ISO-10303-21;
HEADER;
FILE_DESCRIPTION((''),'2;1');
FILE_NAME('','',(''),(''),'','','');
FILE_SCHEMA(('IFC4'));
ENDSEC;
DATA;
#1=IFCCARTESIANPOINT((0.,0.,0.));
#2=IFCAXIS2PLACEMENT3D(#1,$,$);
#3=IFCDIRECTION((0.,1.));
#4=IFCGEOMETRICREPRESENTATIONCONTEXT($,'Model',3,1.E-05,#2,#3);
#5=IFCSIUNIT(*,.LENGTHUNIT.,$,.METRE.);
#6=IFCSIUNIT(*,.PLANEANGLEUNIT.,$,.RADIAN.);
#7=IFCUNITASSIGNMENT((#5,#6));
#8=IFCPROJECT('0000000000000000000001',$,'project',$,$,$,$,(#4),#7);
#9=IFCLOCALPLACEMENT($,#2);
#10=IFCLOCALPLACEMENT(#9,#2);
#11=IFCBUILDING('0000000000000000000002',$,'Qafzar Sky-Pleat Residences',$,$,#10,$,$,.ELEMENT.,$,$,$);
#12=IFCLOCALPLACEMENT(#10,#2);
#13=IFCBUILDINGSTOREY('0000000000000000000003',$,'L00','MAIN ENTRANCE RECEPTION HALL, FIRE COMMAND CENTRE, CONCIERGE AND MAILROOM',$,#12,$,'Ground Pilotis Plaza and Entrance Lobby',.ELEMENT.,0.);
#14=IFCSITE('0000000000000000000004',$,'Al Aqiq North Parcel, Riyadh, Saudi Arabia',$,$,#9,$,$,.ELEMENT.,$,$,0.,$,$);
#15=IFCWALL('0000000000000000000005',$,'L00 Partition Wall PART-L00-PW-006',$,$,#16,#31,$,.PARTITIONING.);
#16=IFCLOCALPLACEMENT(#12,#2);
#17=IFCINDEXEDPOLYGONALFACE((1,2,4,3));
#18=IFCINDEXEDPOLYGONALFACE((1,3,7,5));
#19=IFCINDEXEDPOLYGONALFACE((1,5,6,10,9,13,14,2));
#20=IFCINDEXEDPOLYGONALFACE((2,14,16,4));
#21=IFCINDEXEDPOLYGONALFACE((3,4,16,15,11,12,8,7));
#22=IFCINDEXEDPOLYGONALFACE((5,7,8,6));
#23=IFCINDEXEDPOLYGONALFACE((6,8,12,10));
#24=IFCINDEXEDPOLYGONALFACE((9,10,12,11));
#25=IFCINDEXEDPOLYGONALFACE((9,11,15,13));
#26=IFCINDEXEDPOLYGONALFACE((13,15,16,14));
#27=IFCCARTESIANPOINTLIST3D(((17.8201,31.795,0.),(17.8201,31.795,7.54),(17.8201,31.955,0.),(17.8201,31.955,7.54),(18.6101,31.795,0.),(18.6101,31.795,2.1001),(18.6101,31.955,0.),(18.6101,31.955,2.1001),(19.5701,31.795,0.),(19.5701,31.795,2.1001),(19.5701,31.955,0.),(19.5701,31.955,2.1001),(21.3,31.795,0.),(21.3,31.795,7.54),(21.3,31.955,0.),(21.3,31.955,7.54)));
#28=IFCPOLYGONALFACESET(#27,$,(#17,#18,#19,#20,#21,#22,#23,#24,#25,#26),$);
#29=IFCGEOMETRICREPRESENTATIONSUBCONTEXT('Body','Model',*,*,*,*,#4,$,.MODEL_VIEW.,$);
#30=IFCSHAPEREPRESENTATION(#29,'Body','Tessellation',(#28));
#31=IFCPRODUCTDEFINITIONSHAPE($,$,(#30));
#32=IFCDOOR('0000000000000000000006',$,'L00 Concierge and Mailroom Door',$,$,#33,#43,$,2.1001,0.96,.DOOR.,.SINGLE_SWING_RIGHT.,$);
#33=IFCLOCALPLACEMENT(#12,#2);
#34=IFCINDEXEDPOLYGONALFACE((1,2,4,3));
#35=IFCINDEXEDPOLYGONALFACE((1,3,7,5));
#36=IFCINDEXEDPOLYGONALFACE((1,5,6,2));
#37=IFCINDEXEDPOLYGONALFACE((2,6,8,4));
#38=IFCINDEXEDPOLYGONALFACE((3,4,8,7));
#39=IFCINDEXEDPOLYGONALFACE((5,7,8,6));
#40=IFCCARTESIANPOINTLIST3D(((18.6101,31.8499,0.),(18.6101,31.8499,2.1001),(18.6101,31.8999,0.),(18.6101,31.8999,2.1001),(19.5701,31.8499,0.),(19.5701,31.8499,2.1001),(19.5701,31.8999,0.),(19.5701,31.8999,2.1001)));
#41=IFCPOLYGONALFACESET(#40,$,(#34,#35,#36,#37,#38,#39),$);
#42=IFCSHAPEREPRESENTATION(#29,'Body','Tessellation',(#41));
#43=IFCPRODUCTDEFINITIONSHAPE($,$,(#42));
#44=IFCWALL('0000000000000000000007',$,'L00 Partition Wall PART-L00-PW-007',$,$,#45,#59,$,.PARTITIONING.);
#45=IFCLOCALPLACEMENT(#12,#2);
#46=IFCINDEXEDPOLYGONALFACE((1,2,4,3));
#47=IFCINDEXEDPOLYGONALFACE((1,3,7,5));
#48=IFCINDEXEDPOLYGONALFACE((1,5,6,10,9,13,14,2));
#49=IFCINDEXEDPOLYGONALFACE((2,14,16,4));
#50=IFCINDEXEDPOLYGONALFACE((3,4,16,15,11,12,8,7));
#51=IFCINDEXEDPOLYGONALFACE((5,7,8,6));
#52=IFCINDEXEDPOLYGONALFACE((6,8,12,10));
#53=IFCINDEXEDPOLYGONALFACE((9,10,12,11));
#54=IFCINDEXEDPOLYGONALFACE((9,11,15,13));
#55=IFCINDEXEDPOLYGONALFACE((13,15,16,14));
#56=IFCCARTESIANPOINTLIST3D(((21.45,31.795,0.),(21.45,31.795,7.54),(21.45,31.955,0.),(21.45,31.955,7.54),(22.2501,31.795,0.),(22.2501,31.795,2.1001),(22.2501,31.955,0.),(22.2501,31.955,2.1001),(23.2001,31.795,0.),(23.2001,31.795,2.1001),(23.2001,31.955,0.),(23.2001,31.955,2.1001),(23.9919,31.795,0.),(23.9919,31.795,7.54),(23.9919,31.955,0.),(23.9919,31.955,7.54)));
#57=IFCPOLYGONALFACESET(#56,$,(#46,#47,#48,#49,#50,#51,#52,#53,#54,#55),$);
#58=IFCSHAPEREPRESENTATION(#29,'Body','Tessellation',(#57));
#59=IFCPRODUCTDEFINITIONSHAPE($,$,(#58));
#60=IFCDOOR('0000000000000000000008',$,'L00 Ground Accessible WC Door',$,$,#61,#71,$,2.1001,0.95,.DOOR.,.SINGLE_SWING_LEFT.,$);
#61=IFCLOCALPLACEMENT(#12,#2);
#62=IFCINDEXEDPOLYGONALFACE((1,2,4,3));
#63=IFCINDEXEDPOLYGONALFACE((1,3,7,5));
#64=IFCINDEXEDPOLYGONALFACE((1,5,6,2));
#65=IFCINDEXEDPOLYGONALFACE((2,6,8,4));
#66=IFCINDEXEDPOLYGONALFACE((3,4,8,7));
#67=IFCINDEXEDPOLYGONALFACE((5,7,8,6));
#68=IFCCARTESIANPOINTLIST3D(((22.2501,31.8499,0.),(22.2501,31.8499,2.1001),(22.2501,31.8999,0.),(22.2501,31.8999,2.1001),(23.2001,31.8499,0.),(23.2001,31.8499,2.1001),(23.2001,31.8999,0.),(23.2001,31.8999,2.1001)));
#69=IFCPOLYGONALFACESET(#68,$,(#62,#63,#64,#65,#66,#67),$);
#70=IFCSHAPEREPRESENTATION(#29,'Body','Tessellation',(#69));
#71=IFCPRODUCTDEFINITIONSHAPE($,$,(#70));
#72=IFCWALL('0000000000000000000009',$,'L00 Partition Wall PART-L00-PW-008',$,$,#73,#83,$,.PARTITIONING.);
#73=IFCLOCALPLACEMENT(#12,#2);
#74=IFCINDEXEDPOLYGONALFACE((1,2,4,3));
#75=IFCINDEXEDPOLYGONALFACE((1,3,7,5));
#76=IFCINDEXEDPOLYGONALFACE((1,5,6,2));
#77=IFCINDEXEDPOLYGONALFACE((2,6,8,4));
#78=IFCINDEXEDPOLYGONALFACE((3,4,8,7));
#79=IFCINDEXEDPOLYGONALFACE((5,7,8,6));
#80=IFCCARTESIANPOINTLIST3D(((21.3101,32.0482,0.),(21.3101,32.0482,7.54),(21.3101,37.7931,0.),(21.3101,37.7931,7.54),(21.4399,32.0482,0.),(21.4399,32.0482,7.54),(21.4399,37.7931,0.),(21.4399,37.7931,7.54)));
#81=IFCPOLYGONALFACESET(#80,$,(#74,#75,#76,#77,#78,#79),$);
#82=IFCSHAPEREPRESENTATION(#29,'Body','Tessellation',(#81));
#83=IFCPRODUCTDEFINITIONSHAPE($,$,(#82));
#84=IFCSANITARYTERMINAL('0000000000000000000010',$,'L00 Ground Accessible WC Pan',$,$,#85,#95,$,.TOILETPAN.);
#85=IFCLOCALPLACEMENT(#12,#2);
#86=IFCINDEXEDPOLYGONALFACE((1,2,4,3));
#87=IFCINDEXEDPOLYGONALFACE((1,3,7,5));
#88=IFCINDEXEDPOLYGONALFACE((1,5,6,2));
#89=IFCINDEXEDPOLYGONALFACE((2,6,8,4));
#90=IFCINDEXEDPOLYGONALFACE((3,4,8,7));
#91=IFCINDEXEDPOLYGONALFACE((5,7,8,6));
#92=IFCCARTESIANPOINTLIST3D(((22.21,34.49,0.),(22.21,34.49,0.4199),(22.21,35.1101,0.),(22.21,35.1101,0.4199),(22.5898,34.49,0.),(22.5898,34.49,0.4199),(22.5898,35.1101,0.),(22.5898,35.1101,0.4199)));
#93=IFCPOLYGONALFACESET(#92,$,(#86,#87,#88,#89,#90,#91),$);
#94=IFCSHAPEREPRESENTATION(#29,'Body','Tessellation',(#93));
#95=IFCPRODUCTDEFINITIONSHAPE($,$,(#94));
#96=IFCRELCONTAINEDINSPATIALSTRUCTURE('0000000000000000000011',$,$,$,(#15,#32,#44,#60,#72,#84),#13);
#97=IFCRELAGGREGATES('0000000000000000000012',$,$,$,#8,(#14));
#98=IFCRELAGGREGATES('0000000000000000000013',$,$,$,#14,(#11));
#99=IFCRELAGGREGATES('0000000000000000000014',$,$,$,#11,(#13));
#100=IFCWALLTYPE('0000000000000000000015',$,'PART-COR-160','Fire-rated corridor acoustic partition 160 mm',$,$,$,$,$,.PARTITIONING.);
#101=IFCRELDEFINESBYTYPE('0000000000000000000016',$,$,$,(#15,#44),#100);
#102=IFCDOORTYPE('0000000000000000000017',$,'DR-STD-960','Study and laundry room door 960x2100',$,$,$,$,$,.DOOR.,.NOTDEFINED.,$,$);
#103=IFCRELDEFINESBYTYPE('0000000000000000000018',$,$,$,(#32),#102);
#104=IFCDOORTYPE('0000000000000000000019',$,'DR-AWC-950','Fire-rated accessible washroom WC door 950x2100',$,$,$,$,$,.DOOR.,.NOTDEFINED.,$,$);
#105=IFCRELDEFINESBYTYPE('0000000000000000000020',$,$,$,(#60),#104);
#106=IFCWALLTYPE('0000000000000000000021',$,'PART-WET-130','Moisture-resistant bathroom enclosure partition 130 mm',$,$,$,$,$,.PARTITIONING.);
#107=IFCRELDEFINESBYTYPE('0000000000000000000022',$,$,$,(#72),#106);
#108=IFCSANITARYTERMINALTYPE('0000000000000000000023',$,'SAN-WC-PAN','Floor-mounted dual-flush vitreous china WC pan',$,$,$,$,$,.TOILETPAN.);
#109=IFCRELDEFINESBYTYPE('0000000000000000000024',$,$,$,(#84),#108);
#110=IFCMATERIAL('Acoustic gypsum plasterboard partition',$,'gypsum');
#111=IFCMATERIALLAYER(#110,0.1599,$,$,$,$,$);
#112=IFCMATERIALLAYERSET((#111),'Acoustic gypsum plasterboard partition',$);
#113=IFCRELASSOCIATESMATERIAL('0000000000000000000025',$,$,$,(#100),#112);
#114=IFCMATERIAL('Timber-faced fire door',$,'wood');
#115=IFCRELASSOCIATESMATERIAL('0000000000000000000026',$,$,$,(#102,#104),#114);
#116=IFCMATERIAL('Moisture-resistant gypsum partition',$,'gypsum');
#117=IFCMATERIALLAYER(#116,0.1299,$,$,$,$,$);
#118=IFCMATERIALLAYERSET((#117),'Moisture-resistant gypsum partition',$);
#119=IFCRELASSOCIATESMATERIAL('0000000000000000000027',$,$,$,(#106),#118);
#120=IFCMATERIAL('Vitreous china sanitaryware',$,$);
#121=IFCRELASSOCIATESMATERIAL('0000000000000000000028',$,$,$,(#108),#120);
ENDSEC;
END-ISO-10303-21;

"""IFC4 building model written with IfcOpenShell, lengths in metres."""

from ifc_helpers import new_model, si_unit, direction, frame, frame_2d, origin, origin_2d, place, context, subcontext, project, spatial, rectangle, extrude, source, transform, mapped, material, layer, layer_set, type_object, element, fill, save


model = new_model("IFC4")

# Units and contexts
model_context = context("Model", 3, precision=1e-05, world=origin(), true_north=direction((0.0, 1.0)))
body_context = subcontext(model_context, "Body", "Model", "MODEL_VIEW")
ifc_project = project(units=[si_unit("LENGTHUNIT", "METRE"), si_unit("PLANEANGLEUNIT", "RADIAN")], contexts=[model_context])

# Site, building, storey
site_placement = place(None, origin())
site = spatial("IfcSite", under=ifc_project, at=site_placement, Name="Al Aqiq North Parcel, Riyadh, Saudi Arabia", CompositionType="ELEMENT", RefElevation=0.0)
building_placement = place(site_placement, origin())
building = spatial("IfcBuilding", under=site, at=building_placement, Name="Qafzar Sky-Pleat Residences", CompositionType="ELEMENT")
storey_placement = place(building_placement, origin())
storey = spatial("IfcBuildingStorey", under=building, at=storey_placement, Name="L00", Description="MAIN ENTRANCE RECEPTION HALL, FIRE COMMAND CENTRE, CONCIERGE AND MAILROOM", LongName="Ground Pilotis Plaza and Entrance Lobby", CompositionType="ELEMENT", Elevation=0.0)

# Walls, openings, doors
ifc_material_1 = material(Name="Acoustic gypsum plasterboard partition", Category="gypsum")
ifc_layer_1 = layer(ifc_material_1, 0.1599)
ifc_layer_set_1 = layer_set([ifc_layer_1], Name="Acoustic gypsum plasterboard partition")
wall_type_1 = type_object("IfcWallType", Name="PART-COR-160", Description="Fire-rated corridor acoustic partition 160 mm", PredefinedType="PARTITIONING", material=ifc_layer_set_1)
wall_1_placement = place(storey_placement, frame((17.8201, 31.875, 0.0), z_axis=(0.0, 0.0, 1.0), x_axis=(1.0, 0.0, 0.0)))
wall_1 = element("IfcWall", 1, at=wall_1_placement, inside=storey, type_object=wall_type_1, Name="L00 Partition Wall PART-L00-PW-006", PredefinedType="PARTITIONING", context=body_context, shape_type="SweptSolid", body=[
    extrude(rectangle(XDim=3.48, YDim=0.1599, at=frame_2d((1.74, 0.0))), origin(), (0.0, 0.0, 1.0), 7.54),
])
opening_1_placement = place(wall_1_placement, frame((0.79, 0.0, 0.0)))
opening_1 = element("IfcOpeningElement", 2, at=opening_1_placement, cuts=wall_1, PredefinedType="OPENING", context=body_context, shape_type="SweptSolid", body=[
    extrude(rectangle(XDim=0.96, YDim=2.1001, at=frame_2d((0.48, 1.05))), frame((0.0, 0.0898, 0.0), z_axis=(0.0, -1.0, 0.0), x_axis=(1.0, 0.0, 0.0)), (0.0, 0.0, 1.0), 0.1799),
])
ifc_material_2 = material(Name="Timber-faced fire door", Category="wood")
door_type_1 = type_object("IfcDoorType", Name="DR-STD-960", Description="Study and laundry room door 960x2100", OperationType="NOTDEFINED", PredefinedType="DOOR", material=ifc_material_2)
shared_shape_1 = source(origin(), body_context, "Body", "SweptSolid", [
    extrude(rectangle(XDim=0.96, YDim=2.1001, at=frame_2d((0.48, 1.05))), frame((0.0, 0.0249, 0.0), z_axis=(0.0, -1.0, 0.0), x_axis=(1.0, 0.0, 0.0)), (0.0, 0.0, 1.0), 0.05),
])
door_1_placement = place(opening_1_placement, origin())
door_1 = element("IfcDoor", 3, at=door_1_placement, inside=storey, type_object=door_type_1, Name="L00 Concierge and Mailroom Door", OperationType="SINGLE_SWING_RIGHT", OverallHeight=2.1001, OverallWidth=0.96, PredefinedType="DOOR", context=body_context, shape_type="MappedRepresentation", body=[
    mapped(shared_shape_1, transform((0.0, 0.0, 0.0), x_axis=(1.0, 0.0, 0.0), y_axis=(0.0, 1.0, 0.0), z_axis=(0.0, 0.0, 1.0), scale=1.0)),
])
fill(opening_1, door_1)
wall_2_placement = place(storey_placement, frame((21.45, 31.875, 0.0), z_axis=(0.0, 0.0, 1.0), x_axis=(1.0, 0.0, 0.0)))
wall_2 = element("IfcWall", 4, at=wall_2_placement, inside=storey, type_object=wall_type_1, Name="L00 Partition Wall PART-L00-PW-007", PredefinedType="PARTITIONING", context=body_context, shape_type="SweptSolid", body=[
    extrude(rectangle(XDim=2.542, YDim=0.1599, at=frame_2d((1.271, 0.0))), origin(), (0.0, 0.0, 1.0), 7.54),
])
opening_2_placement = place(wall_2_placement, frame((0.8, 0.0, 0.0)))
opening_2 = element("IfcOpeningElement", 5, at=opening_2_placement, cuts=wall_2, PredefinedType="OPENING", context=body_context, shape_type="SweptSolid", body=[
    extrude(rectangle(XDim=0.95, YDim=2.1001, at=frame_2d((0.4751, 1.05))), frame((0.0, 0.0898, 0.0), z_axis=(0.0, -1.0, 0.0), x_axis=(1.0, 0.0, 0.0)), (0.0, 0.0, 1.0), 0.1799),
])
door_type_2 = type_object("IfcDoorType", Name="DR-AWC-950", Description="Fire-rated accessible washroom WC door 950x2100", OperationType="NOTDEFINED", PredefinedType="DOOR", material=ifc_material_2)
shared_shape_2 = source(origin(), body_context, "Body", "SweptSolid", [
    extrude(rectangle(XDim=0.95, YDim=2.1001, at=frame_2d((0.4751, 1.05))), frame((0.0, 0.0249, 0.0), z_axis=(0.0, -1.0, 0.0), x_axis=(1.0, 0.0, 0.0)), (0.0, 0.0, 1.0), 0.05),
])
door_2_placement = place(opening_2_placement, origin())
door_2 = element("IfcDoor", 6, at=door_2_placement, inside=storey, type_object=door_type_2, Name="L00 Ground Accessible WC Door", OperationType="SINGLE_SWING_LEFT", OverallHeight=2.1001, OverallWidth=0.95, PredefinedType="DOOR", context=body_context, shape_type="MappedRepresentation", body=[
    mapped(shared_shape_2, transform((0.0, 0.0, 0.0), x_axis=(1.0, 0.0, 0.0), y_axis=(0.0, 1.0, 0.0), z_axis=(0.0, 0.0, 1.0), scale=1.0)),
])
fill(opening_2, door_2)

# Wall
ifc_material_3 = material(Name="Moisture-resistant gypsum partition", Category="gypsum")
ifc_layer_2 = layer(ifc_material_3, 0.1299)
ifc_layer_set_2 = layer_set([ifc_layer_2], Name="Moisture-resistant gypsum partition")
wall_type_2 = type_object("IfcWallType", Name="PART-WET-130", Description="Moisture-resistant bathroom enclosure partition 130 mm", PredefinedType="PARTITIONING", material=ifc_layer_set_2)
wall_3_placement = place(storey_placement, frame((21.375, 32.0481, 0.0), z_axis=(0.0, 0.0, 1.0), x_axis=(0.0, 1.0, 0.0)))
element("IfcWall", 7, at=wall_3_placement, inside=storey, type_object=wall_type_2, Name="L00 Partition Wall PART-L00-PW-008", PredefinedType="PARTITIONING", context=body_context, shape_type="SweptSolid", body=[
    extrude(rectangle(XDim=5.7449, YDim=0.1299, at=frame_2d((2.8726, 0.0))), origin(), (0.0, 0.0, 1.0), 7.54),
])

# Sanitary terminal
ifc_material_4 = material(Name="Vitreous china sanitaryware")
sanitary_terminal_type = type_object("IfcSanitaryTerminalType", Name="SAN-WC-PAN", Description="Floor-mounted dual-flush vitreous china WC pan", PredefinedType="TOILETPAN", material=ifc_material_4)
shared_shape_3 = source(origin(), body_context, "Body", "SweptSolid", [
    extrude(rectangle(XDim=0.3799, YDim=0.6201, at=origin_2d()), origin(), (0.0, 0.0, 1.0), 0.4199),
])
sanitary_terminal_placement = place(storey_placement, frame((22.3999, 34.8, 0.0), z_axis=(0.0, 0.0, 1.0), x_axis=(1.0, 0.0, 0.0)))
element("IfcSanitaryTerminal", 8, at=sanitary_terminal_placement, inside=storey, type_object=sanitary_terminal_type, Name="L00 Ground Accessible WC Pan", PredefinedType="TOILETPAN", context=body_context, shape_type="MappedRepresentation", body=[
    mapped(shared_shape_3, transform((0.0, 0.0, 0.0), x_axis=(1.0, 0.0, 0.0), y_axis=(0.0, 1.0, 0.0), z_axis=(0.0, 0.0, 1.0), scale=1.0)),
])

save(model, "model.ifc")
